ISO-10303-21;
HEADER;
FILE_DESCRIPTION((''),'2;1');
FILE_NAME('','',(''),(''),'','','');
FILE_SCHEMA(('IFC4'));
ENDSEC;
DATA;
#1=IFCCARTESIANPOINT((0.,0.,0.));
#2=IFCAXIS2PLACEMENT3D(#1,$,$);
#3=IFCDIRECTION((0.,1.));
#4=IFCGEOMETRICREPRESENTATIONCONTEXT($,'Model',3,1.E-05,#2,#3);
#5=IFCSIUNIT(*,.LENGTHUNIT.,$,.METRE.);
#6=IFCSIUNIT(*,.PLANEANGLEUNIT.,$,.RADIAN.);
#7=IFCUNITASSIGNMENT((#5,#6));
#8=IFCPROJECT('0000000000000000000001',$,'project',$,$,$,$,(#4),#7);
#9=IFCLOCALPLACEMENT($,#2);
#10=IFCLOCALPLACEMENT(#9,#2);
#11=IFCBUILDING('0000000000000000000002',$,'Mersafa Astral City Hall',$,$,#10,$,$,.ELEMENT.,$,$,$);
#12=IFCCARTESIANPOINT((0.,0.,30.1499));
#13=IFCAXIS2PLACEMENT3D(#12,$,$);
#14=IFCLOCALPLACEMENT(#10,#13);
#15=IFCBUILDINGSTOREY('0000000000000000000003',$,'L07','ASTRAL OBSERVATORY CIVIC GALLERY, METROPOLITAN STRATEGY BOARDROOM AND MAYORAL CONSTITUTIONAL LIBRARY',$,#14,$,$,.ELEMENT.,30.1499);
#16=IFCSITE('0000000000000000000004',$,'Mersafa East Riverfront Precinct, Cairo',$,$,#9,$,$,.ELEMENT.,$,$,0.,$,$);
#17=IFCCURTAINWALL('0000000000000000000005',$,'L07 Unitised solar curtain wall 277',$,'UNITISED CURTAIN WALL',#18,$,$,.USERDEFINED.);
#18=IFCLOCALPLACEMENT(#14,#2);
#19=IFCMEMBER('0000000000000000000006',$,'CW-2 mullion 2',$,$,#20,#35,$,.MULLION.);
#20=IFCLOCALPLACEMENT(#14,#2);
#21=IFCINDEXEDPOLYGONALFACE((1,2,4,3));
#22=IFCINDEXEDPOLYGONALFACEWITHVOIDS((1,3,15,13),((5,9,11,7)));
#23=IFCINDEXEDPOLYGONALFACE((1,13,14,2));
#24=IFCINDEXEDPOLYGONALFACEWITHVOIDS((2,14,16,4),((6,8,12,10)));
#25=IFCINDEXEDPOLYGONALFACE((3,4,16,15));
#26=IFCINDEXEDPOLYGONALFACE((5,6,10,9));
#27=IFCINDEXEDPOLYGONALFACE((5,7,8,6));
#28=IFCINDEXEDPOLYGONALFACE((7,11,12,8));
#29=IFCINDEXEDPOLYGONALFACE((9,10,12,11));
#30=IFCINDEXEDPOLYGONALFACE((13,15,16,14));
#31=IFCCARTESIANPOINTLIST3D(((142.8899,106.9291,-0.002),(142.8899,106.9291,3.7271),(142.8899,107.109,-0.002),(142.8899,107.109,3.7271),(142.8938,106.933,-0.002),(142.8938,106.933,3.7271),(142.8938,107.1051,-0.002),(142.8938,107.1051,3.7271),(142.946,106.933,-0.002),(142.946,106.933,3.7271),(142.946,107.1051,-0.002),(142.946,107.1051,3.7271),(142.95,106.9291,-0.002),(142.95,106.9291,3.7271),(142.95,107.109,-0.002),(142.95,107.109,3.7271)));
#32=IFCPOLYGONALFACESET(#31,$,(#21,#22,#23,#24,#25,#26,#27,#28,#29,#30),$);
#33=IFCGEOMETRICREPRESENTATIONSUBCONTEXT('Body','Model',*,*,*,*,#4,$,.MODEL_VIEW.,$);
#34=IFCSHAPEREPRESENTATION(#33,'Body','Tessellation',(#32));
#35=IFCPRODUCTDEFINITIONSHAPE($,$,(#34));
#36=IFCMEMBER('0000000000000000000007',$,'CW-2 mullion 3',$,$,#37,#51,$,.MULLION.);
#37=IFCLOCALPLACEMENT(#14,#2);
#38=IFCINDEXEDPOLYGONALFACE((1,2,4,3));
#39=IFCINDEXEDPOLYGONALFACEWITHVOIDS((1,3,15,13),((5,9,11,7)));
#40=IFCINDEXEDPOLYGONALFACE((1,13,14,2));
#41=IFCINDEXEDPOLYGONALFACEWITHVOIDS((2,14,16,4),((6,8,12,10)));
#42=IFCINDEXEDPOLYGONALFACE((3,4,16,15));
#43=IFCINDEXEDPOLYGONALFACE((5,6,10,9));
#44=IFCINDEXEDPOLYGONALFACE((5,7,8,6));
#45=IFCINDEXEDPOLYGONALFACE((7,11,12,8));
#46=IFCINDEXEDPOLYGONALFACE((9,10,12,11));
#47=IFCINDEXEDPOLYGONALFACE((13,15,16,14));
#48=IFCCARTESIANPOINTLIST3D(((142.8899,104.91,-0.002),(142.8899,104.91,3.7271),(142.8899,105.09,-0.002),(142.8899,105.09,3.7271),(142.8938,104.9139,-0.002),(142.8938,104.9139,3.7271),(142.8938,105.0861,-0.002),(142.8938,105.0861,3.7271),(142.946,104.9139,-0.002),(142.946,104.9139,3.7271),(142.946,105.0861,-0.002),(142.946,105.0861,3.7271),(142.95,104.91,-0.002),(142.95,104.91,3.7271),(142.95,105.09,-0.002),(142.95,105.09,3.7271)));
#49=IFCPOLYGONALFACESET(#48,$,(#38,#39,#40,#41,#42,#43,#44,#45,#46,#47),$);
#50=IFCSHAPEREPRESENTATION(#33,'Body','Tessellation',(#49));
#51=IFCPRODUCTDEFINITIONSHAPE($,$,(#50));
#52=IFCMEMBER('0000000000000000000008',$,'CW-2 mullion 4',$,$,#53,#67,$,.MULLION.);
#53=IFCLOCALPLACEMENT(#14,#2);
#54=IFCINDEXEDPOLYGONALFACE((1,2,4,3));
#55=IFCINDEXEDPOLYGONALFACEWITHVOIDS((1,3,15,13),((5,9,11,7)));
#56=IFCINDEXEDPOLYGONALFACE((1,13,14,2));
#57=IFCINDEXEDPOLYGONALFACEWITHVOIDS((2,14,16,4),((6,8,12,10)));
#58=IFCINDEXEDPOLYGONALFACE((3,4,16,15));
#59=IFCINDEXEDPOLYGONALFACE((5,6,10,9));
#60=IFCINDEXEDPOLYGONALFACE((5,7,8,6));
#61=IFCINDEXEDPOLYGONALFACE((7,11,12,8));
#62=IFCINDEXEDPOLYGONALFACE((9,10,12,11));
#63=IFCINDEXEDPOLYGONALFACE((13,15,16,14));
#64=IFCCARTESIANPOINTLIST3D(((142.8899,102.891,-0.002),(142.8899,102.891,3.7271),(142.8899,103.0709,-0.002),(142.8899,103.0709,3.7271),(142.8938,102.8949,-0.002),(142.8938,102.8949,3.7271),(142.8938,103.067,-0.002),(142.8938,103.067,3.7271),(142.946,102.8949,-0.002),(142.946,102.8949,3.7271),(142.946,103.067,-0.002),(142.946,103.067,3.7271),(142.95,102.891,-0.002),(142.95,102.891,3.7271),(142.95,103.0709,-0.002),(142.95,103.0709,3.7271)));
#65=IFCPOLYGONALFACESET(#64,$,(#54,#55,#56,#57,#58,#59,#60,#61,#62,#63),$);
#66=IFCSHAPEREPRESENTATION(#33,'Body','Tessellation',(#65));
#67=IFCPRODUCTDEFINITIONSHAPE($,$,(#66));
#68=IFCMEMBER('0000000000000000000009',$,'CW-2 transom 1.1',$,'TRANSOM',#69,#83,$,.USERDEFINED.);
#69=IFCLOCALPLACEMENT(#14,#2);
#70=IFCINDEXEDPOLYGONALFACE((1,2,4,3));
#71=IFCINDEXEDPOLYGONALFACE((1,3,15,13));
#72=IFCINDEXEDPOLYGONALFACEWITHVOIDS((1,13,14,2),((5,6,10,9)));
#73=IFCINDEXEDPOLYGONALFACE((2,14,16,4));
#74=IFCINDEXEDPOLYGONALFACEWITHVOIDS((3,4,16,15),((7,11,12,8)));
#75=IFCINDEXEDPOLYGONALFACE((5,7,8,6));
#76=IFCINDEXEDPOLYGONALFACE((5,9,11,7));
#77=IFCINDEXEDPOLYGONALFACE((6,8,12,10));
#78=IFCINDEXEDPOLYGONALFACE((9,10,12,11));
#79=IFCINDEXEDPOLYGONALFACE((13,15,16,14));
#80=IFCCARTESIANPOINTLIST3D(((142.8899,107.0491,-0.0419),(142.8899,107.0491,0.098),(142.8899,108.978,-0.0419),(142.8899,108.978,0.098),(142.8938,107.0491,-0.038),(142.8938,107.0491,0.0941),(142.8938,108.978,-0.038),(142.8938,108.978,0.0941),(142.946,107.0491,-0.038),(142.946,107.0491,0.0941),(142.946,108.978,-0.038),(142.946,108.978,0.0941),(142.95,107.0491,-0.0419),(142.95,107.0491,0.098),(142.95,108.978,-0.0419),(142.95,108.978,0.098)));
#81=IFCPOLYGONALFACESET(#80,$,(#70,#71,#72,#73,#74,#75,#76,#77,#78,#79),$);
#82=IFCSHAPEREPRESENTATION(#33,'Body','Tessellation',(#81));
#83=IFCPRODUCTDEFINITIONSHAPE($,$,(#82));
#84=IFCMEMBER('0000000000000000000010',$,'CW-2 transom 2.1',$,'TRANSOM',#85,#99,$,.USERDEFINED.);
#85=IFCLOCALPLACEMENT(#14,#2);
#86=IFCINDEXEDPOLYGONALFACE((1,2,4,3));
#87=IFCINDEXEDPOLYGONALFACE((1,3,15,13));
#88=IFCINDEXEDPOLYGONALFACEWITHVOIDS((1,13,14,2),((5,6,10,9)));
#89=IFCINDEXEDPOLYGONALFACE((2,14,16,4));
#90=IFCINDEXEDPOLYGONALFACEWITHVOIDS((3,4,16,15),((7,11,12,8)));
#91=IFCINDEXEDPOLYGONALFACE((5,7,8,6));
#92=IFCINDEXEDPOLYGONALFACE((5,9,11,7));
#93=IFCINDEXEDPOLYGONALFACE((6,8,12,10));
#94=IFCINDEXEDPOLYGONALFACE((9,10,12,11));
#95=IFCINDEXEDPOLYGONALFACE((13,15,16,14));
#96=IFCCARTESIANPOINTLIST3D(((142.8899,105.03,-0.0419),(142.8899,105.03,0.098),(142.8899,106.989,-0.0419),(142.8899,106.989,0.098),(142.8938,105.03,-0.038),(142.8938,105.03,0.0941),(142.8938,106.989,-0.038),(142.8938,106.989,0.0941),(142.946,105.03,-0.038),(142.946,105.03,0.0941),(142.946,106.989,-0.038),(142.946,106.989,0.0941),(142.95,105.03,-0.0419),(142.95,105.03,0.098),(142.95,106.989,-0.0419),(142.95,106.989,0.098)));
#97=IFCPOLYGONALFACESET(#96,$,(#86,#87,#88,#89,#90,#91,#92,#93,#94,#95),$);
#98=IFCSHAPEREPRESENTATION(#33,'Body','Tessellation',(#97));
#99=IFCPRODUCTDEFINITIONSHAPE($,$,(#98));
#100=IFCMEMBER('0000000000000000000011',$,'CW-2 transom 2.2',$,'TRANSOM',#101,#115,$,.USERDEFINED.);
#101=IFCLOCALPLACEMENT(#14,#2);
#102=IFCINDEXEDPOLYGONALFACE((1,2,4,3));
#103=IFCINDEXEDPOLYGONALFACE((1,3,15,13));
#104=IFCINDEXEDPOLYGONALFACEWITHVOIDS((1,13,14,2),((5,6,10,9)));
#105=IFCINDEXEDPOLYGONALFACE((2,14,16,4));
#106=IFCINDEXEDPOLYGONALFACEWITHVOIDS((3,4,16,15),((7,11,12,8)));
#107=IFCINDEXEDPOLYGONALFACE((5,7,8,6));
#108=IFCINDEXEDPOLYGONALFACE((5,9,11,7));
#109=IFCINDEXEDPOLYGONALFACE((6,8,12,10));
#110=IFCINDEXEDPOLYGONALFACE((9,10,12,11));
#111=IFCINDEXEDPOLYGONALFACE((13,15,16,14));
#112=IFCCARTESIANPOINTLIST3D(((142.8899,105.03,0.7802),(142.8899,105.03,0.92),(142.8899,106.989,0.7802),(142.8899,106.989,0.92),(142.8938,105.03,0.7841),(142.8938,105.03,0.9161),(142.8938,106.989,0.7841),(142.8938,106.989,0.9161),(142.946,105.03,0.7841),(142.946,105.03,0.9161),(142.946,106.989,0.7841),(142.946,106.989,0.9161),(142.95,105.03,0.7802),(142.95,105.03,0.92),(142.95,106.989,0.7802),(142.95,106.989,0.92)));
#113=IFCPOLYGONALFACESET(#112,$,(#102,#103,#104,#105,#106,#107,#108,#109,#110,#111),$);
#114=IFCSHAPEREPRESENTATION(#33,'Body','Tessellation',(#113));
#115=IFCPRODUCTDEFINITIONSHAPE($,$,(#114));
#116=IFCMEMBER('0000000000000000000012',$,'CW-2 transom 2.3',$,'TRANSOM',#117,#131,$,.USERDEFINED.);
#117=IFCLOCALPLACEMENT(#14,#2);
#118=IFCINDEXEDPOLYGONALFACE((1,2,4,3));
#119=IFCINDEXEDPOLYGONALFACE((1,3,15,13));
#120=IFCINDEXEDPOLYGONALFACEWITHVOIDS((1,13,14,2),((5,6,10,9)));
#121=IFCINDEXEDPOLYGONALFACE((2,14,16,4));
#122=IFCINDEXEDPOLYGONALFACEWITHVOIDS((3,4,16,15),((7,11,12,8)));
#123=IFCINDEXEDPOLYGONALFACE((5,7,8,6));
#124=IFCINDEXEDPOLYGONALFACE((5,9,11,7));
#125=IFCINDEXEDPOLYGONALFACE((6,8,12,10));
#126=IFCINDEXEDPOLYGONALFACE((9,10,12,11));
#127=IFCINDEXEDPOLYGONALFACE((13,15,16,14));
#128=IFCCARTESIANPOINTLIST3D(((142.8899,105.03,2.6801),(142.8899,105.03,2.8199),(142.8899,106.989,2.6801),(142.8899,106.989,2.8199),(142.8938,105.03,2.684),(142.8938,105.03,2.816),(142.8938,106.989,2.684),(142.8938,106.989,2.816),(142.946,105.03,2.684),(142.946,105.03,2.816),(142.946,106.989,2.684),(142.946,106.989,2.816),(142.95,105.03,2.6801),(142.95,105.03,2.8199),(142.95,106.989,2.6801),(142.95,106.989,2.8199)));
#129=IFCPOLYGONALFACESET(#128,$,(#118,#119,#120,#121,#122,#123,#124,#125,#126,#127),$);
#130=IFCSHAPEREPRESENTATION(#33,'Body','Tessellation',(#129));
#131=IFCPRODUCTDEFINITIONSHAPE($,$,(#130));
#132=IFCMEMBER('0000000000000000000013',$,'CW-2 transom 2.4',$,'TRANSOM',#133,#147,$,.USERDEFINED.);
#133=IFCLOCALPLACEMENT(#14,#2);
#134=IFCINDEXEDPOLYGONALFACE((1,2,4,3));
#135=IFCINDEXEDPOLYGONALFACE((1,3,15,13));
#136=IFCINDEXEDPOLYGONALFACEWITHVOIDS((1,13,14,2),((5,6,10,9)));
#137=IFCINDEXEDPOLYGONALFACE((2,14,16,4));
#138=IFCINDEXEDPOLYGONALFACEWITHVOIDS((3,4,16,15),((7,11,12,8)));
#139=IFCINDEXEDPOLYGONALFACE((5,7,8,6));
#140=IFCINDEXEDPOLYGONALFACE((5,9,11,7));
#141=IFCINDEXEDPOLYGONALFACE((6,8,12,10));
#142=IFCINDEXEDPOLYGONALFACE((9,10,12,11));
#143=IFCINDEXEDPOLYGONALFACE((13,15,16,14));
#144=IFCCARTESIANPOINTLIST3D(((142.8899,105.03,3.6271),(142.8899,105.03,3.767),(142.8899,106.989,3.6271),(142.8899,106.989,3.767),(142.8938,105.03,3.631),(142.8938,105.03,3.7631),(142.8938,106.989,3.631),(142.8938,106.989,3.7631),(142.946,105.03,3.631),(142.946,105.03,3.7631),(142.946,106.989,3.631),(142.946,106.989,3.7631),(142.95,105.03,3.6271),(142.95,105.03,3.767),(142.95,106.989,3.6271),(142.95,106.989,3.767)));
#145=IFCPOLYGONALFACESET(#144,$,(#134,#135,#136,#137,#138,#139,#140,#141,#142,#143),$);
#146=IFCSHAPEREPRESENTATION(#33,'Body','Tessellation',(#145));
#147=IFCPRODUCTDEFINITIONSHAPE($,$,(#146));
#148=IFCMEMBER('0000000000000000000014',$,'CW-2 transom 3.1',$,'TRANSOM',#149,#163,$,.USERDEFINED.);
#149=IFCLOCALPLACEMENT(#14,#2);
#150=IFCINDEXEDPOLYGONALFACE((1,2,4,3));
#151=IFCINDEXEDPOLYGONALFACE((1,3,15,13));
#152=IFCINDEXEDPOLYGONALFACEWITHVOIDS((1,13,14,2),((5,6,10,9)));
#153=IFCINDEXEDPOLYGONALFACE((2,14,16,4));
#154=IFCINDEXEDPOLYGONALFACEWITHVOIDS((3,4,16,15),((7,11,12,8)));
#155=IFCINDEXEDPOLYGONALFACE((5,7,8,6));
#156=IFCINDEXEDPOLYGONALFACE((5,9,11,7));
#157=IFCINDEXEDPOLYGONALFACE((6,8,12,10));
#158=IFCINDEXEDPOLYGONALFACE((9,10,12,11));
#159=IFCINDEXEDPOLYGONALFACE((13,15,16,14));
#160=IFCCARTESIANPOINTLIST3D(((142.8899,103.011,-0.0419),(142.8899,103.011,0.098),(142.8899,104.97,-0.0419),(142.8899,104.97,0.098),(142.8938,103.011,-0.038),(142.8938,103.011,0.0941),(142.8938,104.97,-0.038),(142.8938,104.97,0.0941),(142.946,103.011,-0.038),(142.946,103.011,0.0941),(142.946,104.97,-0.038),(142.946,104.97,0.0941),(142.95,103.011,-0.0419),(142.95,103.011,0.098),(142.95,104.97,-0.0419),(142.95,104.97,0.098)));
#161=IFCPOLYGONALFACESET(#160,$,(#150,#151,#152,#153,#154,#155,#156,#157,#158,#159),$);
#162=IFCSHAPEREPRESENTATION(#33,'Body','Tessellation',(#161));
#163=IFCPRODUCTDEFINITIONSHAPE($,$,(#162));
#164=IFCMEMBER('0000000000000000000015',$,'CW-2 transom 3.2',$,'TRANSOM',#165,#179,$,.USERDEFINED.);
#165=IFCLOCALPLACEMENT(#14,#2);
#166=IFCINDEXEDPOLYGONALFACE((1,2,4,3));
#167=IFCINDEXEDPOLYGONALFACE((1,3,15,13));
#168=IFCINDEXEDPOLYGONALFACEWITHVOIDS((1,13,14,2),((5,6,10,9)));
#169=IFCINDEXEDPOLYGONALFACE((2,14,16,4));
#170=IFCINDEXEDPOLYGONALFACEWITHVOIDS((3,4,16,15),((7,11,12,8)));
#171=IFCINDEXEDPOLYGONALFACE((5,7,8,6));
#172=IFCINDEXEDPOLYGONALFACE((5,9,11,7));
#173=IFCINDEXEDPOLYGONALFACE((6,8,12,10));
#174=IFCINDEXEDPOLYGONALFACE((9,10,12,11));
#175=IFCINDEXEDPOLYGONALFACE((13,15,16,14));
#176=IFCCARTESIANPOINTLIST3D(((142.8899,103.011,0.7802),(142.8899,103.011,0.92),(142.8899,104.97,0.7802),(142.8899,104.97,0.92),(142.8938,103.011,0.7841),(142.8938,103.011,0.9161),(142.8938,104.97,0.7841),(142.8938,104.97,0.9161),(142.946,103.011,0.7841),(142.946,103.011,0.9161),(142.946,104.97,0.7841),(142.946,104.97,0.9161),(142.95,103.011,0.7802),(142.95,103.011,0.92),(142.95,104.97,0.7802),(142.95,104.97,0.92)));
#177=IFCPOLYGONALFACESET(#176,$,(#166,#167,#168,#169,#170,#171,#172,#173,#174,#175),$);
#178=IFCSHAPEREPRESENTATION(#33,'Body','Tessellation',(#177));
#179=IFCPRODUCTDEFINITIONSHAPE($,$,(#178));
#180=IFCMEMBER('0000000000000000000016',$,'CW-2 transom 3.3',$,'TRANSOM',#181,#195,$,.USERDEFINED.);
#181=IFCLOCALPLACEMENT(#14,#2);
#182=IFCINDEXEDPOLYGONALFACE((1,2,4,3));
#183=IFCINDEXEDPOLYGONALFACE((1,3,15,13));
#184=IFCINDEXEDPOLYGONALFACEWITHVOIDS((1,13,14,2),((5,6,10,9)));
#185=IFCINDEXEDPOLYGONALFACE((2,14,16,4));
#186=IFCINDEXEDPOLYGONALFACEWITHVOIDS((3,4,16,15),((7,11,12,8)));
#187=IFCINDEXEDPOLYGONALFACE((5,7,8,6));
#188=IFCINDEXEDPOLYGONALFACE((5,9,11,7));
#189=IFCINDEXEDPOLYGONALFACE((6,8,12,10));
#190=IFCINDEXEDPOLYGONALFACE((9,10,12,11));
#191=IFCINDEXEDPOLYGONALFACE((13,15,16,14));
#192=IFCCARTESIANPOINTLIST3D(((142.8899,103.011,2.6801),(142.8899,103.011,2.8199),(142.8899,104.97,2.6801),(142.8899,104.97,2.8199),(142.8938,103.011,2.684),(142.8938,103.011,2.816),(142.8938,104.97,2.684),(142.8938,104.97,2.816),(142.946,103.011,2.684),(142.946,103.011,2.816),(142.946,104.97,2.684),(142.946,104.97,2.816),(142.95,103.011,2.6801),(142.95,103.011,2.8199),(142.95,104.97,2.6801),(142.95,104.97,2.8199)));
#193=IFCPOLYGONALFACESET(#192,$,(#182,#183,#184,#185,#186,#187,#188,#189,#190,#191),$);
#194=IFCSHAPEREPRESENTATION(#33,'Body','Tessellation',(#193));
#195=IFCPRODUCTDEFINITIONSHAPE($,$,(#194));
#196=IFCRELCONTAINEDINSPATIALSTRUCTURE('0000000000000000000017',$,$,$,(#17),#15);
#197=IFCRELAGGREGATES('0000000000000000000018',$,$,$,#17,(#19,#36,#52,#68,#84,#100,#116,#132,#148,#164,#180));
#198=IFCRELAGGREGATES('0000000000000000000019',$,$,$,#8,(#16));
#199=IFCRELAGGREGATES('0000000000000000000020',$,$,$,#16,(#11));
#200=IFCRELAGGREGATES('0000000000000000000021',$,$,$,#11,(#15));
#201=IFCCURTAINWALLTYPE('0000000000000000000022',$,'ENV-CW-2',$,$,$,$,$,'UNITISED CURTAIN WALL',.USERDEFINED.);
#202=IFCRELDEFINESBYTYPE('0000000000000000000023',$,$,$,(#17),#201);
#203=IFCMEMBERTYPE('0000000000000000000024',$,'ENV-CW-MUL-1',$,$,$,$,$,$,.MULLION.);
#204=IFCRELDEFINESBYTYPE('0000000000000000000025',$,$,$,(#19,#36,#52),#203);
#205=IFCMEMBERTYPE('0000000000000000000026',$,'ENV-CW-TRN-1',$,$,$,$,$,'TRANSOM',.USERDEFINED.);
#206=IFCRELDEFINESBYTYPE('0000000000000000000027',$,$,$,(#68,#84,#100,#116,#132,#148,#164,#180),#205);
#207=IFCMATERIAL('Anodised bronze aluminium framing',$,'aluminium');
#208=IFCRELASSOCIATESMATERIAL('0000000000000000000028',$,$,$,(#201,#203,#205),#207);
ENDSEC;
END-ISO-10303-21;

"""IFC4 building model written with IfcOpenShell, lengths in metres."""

from ifc_helpers import new_model, si_unit, direction, frame, origin, origin_2d, place, context, subcontext, project, spatial, hollow_rectangle, extrude, material, material_profile, profile_set, type_object, element, aggregate, save


model = new_model("IFC4")

# Units and contexts
model_context = context("Model", 3, precision=1e-05, world=origin(), true_north=direction((0.0, 1.0)))
body_context = subcontext(model_context, "Body", "Model", "MODEL_VIEW")
ifc_project = project(units=[si_unit("LENGTHUNIT", "METRE"), si_unit("PLANEANGLEUNIT", "RADIAN")], contexts=[model_context])

# Site, building, storey
site_placement = place(None, origin())
site = spatial("IfcSite", under=ifc_project, at=site_placement, Name="Mersafa East Riverfront Precinct, Cairo", CompositionType="ELEMENT", RefElevation=0.0)
building_placement = place(site_placement, origin())
building = spatial("IfcBuilding", under=site, at=building_placement, Name="Mersafa Astral City Hall", CompositionType="ELEMENT")
storey_placement = place(building_placement, frame((0.0, 0.0, 30.1499)))
storey = spatial("IfcBuildingStorey", under=building, at=storey_placement, Name="L07", Description="ASTRAL OBSERVATORY CIVIC GALLERY, METROPOLITAN STRATEGY BOARDROOM AND MAYORAL CONSTITUTIONAL LIBRARY", CompositionType="ELEMENT", Elevation=30.1499)

# Curtain wall, members
ifc_material_1 = material(Name="Anodised bronze aluminium framing", Category="aluminium")
curtain_wall_type = type_object("IfcCurtainWallType", Name="ENV-CW-2", ElementType="UNITISED CURTAIN WALL", PredefinedType="USERDEFINED", material=ifc_material_1)
curtain_wall_placement = place(storey_placement, origin())
curtain_wall = element("IfcCurtainWall", 1, at=curtain_wall_placement, inside=storey, type_object=curtain_wall_type, Name="L07 Unitised solar curtain wall 277", ObjectType="UNITISED CURTAIN WALL", PredefinedType="USERDEFINED")
ifc_material_profile_1 = material_profile(ifc_material_1, hollow_rectangle(XDim=0.0601, YDim=0.1799, WallThickness=0.0039, at=origin_2d()), Name="RHS 60x180x4")
ifc_profile_set_1 = profile_set([ifc_material_profile_1], Name="Anodised bronze aluminium framing")
member_type_1 = type_object("IfcMemberType", Name="ENV-CW-MUL-1", PredefinedType="MULLION", material=ifc_profile_set_1)
member_1_placement = place(storey_placement, frame((142.9199, 107.019, -0.002), z_axis=(0.0, 0.0, 1.0), x_axis=(1.0, 0.0, 0.0)))
member_1 = element("IfcMember", 2, at=member_1_placement, type_object=member_type_1, Name="CW-2 mullion 2", PredefinedType="MULLION", context=body_context, shape_type="SweptSolid", body=[
    extrude(hollow_rectangle(XDim=0.0601, YDim=0.1799, WallThickness=0.0039, at=origin_2d()), origin(), (0.0, 0.0, 1.0), 3.729),
])
member_2_placement = place(storey_placement, frame((142.9199, 105.0, -0.002), z_axis=(0.0, 0.0, 1.0), x_axis=(1.0, 0.0, 0.0)))
member_2 = element("IfcMember", 3, at=member_2_placement, type_object=member_type_1, Name="CW-2 mullion 3", PredefinedType="MULLION", context=body_context, shape_type="SweptSolid", body=[
    extrude(hollow_rectangle(XDim=0.0601, YDim=0.1799, WallThickness=0.0039, at=origin_2d()), origin(), (0.0, 0.0, 1.0), 3.729),
])
member_3_placement = place(storey_placement, frame((142.9199, 102.981, -0.002), z_axis=(0.0, 0.0, 1.0), x_axis=(1.0, 0.0, 0.0)))
member_3 = element("IfcMember", 4, at=member_3_placement, type_object=member_type_1, Name="CW-2 mullion 4", PredefinedType="MULLION", context=body_context, shape_type="SweptSolid", body=[
    extrude(hollow_rectangle(XDim=0.0601, YDim=0.1799, WallThickness=0.0039, at=origin_2d()), origin(), (0.0, 0.0, 1.0), 3.729),
])
ifc_material_profile_2 = material_profile(ifc_material_1, hollow_rectangle(XDim=0.0601, YDim=0.1399, WallThickness=0.0039, at=origin_2d()), Name="RHS 60x140x4")
ifc_profile_set_2 = profile_set([ifc_material_profile_2], Name="Anodised bronze aluminium framing")
member_type_2 = type_object("IfcMemberType", Name="ENV-CW-TRN-1", ElementType="TRANSOM", PredefinedType="USERDEFINED", material=ifc_profile_set_2)
member_4_placement = place(storey_placement, frame((142.9199, 108.978, 0.0281), z_axis=(0.0, -1.0, 0.0), x_axis=(1.0, 0.0, 0.0)))
member_4 = element("IfcMember", 5, at=member_4_placement, type_object=member_type_2, Name="CW-2 transom 1.1", ObjectType="TRANSOM", PredefinedType="USERDEFINED", context=body_context, shape_type="SweptSolid", body=[
    extrude(hollow_rectangle(XDim=0.0601, YDim=0.1399, WallThickness=0.0039, at=origin_2d()), origin(), (0.0, 0.0, 1.0), 1.929),
])
member_5_placement = place(storey_placement, frame((142.9199, 106.989, 0.0281), z_axis=(0.0, -1.0, 0.0), x_axis=(1.0, 0.0, 0.0)))
member_5 = element("IfcMember", 6, at=member_5_placement, type_object=member_type_2, Name="CW-2 transom 2.1", ObjectType="TRANSOM", PredefinedType="USERDEFINED", context=body_context, shape_type="SweptSolid", body=[
    extrude(hollow_rectangle(XDim=0.0601, YDim=0.1399, WallThickness=0.0039, at=origin_2d()), origin(), (0.0, 0.0, 1.0), 1.959),
])
member_6_placement = place(storey_placement, frame((142.9199, 106.989, 0.8501), z_axis=(0.0, -1.0, 0.0), x_axis=(1.0, 0.0, 0.0)))
member_6 = element("IfcMember", 7, at=member_6_placement, type_object=member_type_2, Name="CW-2 transom 2.2", ObjectType="TRANSOM", PredefinedType="USERDEFINED", context=body_context, shape_type="SweptSolid", body=[
    extrude(hollow_rectangle(XDim=0.0601, YDim=0.1399, WallThickness=0.0039, at=origin_2d()), origin(), (0.0, 0.0, 1.0), 1.959),
])
member_7_placement = place(storey_placement, frame((142.9199, 106.989, 2.75), z_axis=(0.0, -1.0, 0.0), x_axis=(1.0, 0.0, 0.0)))
member_7 = element("IfcMember", 8, at=member_7_placement, type_object=member_type_2, Name="CW-2 transom 2.3", ObjectType="TRANSOM", PredefinedType="USERDEFINED", context=body_context, shape_type="SweptSolid", body=[
    extrude(hollow_rectangle(XDim=0.0601, YDim=0.1399, WallThickness=0.0039, at=origin_2d()), origin(), (0.0, 0.0, 1.0), 1.959),
])
member_8_placement = place(storey_placement, frame((142.9199, 106.989, 3.697), z_axis=(0.0, -1.0, 0.0), x_axis=(1.0, 0.0, 0.0)))
member_8 = element("IfcMember", 9, at=member_8_placement, type_object=member_type_2, Name="CW-2 transom 2.4", ObjectType="TRANSOM", PredefinedType="USERDEFINED", context=body_context, shape_type="SweptSolid", body=[
    extrude(hollow_rectangle(XDim=0.0601, YDim=0.1399, WallThickness=0.0039, at=origin_2d()), origin(), (0.0, 0.0, 1.0), 1.959),
])
member_9_placement = place(storey_placement, frame((142.9199, 104.97, 0.0281), z_axis=(0.0, -1.0, 0.0), x_axis=(1.0, 0.0, 0.0)))
member_9 = element("IfcMember", 10, at=member_9_placement, type_object=member_type_2, Name="CW-2 transom 3.1", ObjectType="TRANSOM", PredefinedType="USERDEFINED", context=body_context, shape_type="SweptSolid", body=[
    extrude(hollow_rectangle(XDim=0.0601, YDim=0.1399, WallThickness=0.0039, at=origin_2d()), origin(), (0.0, 0.0, 1.0), 1.959),
])
member_10_placement = place(storey_placement, frame((142.9199, 104.97, 0.8501), z_axis=(0.0, -1.0, 0.0), x_axis=(1.0, 0.0, 0.0)))
member_10 = element("IfcMember", 11, at=member_10_placement, type_object=member_type_2, Name="CW-2 transom 3.2", ObjectType="TRANSOM", PredefinedType="USERDEFINED", context=body_context, shape_type="SweptSolid", body=[
    extrude(hollow_rectangle(XDim=0.0601, YDim=0.1399, WallThickness=0.0039, at=origin_2d()), origin(), (0.0, 0.0, 1.0), 1.959),
])
member_11_placement = place(storey_placement, frame((142.9199, 104.97, 2.75), z_axis=(0.0, -1.0, 0.0), x_axis=(1.0, 0.0, 0.0)))
member_11 = element("IfcMember", 12, at=member_11_placement, type_object=member_type_2, Name="CW-2 transom 3.3", ObjectType="TRANSOM", PredefinedType="USERDEFINED", context=body_context, shape_type="SweptSolid", body=[
    extrude(hollow_rectangle(XDim=0.0601, YDim=0.1399, WallThickness=0.0039, at=origin_2d()), origin(), (0.0, 0.0, 1.0), 1.959),
])
aggregate(curtain_wall, [member_1, member_2, member_3, member_4, member_5, member_6, member_7, member_8, member_9, member_10, member_11])

save(model, "model.ifc")
